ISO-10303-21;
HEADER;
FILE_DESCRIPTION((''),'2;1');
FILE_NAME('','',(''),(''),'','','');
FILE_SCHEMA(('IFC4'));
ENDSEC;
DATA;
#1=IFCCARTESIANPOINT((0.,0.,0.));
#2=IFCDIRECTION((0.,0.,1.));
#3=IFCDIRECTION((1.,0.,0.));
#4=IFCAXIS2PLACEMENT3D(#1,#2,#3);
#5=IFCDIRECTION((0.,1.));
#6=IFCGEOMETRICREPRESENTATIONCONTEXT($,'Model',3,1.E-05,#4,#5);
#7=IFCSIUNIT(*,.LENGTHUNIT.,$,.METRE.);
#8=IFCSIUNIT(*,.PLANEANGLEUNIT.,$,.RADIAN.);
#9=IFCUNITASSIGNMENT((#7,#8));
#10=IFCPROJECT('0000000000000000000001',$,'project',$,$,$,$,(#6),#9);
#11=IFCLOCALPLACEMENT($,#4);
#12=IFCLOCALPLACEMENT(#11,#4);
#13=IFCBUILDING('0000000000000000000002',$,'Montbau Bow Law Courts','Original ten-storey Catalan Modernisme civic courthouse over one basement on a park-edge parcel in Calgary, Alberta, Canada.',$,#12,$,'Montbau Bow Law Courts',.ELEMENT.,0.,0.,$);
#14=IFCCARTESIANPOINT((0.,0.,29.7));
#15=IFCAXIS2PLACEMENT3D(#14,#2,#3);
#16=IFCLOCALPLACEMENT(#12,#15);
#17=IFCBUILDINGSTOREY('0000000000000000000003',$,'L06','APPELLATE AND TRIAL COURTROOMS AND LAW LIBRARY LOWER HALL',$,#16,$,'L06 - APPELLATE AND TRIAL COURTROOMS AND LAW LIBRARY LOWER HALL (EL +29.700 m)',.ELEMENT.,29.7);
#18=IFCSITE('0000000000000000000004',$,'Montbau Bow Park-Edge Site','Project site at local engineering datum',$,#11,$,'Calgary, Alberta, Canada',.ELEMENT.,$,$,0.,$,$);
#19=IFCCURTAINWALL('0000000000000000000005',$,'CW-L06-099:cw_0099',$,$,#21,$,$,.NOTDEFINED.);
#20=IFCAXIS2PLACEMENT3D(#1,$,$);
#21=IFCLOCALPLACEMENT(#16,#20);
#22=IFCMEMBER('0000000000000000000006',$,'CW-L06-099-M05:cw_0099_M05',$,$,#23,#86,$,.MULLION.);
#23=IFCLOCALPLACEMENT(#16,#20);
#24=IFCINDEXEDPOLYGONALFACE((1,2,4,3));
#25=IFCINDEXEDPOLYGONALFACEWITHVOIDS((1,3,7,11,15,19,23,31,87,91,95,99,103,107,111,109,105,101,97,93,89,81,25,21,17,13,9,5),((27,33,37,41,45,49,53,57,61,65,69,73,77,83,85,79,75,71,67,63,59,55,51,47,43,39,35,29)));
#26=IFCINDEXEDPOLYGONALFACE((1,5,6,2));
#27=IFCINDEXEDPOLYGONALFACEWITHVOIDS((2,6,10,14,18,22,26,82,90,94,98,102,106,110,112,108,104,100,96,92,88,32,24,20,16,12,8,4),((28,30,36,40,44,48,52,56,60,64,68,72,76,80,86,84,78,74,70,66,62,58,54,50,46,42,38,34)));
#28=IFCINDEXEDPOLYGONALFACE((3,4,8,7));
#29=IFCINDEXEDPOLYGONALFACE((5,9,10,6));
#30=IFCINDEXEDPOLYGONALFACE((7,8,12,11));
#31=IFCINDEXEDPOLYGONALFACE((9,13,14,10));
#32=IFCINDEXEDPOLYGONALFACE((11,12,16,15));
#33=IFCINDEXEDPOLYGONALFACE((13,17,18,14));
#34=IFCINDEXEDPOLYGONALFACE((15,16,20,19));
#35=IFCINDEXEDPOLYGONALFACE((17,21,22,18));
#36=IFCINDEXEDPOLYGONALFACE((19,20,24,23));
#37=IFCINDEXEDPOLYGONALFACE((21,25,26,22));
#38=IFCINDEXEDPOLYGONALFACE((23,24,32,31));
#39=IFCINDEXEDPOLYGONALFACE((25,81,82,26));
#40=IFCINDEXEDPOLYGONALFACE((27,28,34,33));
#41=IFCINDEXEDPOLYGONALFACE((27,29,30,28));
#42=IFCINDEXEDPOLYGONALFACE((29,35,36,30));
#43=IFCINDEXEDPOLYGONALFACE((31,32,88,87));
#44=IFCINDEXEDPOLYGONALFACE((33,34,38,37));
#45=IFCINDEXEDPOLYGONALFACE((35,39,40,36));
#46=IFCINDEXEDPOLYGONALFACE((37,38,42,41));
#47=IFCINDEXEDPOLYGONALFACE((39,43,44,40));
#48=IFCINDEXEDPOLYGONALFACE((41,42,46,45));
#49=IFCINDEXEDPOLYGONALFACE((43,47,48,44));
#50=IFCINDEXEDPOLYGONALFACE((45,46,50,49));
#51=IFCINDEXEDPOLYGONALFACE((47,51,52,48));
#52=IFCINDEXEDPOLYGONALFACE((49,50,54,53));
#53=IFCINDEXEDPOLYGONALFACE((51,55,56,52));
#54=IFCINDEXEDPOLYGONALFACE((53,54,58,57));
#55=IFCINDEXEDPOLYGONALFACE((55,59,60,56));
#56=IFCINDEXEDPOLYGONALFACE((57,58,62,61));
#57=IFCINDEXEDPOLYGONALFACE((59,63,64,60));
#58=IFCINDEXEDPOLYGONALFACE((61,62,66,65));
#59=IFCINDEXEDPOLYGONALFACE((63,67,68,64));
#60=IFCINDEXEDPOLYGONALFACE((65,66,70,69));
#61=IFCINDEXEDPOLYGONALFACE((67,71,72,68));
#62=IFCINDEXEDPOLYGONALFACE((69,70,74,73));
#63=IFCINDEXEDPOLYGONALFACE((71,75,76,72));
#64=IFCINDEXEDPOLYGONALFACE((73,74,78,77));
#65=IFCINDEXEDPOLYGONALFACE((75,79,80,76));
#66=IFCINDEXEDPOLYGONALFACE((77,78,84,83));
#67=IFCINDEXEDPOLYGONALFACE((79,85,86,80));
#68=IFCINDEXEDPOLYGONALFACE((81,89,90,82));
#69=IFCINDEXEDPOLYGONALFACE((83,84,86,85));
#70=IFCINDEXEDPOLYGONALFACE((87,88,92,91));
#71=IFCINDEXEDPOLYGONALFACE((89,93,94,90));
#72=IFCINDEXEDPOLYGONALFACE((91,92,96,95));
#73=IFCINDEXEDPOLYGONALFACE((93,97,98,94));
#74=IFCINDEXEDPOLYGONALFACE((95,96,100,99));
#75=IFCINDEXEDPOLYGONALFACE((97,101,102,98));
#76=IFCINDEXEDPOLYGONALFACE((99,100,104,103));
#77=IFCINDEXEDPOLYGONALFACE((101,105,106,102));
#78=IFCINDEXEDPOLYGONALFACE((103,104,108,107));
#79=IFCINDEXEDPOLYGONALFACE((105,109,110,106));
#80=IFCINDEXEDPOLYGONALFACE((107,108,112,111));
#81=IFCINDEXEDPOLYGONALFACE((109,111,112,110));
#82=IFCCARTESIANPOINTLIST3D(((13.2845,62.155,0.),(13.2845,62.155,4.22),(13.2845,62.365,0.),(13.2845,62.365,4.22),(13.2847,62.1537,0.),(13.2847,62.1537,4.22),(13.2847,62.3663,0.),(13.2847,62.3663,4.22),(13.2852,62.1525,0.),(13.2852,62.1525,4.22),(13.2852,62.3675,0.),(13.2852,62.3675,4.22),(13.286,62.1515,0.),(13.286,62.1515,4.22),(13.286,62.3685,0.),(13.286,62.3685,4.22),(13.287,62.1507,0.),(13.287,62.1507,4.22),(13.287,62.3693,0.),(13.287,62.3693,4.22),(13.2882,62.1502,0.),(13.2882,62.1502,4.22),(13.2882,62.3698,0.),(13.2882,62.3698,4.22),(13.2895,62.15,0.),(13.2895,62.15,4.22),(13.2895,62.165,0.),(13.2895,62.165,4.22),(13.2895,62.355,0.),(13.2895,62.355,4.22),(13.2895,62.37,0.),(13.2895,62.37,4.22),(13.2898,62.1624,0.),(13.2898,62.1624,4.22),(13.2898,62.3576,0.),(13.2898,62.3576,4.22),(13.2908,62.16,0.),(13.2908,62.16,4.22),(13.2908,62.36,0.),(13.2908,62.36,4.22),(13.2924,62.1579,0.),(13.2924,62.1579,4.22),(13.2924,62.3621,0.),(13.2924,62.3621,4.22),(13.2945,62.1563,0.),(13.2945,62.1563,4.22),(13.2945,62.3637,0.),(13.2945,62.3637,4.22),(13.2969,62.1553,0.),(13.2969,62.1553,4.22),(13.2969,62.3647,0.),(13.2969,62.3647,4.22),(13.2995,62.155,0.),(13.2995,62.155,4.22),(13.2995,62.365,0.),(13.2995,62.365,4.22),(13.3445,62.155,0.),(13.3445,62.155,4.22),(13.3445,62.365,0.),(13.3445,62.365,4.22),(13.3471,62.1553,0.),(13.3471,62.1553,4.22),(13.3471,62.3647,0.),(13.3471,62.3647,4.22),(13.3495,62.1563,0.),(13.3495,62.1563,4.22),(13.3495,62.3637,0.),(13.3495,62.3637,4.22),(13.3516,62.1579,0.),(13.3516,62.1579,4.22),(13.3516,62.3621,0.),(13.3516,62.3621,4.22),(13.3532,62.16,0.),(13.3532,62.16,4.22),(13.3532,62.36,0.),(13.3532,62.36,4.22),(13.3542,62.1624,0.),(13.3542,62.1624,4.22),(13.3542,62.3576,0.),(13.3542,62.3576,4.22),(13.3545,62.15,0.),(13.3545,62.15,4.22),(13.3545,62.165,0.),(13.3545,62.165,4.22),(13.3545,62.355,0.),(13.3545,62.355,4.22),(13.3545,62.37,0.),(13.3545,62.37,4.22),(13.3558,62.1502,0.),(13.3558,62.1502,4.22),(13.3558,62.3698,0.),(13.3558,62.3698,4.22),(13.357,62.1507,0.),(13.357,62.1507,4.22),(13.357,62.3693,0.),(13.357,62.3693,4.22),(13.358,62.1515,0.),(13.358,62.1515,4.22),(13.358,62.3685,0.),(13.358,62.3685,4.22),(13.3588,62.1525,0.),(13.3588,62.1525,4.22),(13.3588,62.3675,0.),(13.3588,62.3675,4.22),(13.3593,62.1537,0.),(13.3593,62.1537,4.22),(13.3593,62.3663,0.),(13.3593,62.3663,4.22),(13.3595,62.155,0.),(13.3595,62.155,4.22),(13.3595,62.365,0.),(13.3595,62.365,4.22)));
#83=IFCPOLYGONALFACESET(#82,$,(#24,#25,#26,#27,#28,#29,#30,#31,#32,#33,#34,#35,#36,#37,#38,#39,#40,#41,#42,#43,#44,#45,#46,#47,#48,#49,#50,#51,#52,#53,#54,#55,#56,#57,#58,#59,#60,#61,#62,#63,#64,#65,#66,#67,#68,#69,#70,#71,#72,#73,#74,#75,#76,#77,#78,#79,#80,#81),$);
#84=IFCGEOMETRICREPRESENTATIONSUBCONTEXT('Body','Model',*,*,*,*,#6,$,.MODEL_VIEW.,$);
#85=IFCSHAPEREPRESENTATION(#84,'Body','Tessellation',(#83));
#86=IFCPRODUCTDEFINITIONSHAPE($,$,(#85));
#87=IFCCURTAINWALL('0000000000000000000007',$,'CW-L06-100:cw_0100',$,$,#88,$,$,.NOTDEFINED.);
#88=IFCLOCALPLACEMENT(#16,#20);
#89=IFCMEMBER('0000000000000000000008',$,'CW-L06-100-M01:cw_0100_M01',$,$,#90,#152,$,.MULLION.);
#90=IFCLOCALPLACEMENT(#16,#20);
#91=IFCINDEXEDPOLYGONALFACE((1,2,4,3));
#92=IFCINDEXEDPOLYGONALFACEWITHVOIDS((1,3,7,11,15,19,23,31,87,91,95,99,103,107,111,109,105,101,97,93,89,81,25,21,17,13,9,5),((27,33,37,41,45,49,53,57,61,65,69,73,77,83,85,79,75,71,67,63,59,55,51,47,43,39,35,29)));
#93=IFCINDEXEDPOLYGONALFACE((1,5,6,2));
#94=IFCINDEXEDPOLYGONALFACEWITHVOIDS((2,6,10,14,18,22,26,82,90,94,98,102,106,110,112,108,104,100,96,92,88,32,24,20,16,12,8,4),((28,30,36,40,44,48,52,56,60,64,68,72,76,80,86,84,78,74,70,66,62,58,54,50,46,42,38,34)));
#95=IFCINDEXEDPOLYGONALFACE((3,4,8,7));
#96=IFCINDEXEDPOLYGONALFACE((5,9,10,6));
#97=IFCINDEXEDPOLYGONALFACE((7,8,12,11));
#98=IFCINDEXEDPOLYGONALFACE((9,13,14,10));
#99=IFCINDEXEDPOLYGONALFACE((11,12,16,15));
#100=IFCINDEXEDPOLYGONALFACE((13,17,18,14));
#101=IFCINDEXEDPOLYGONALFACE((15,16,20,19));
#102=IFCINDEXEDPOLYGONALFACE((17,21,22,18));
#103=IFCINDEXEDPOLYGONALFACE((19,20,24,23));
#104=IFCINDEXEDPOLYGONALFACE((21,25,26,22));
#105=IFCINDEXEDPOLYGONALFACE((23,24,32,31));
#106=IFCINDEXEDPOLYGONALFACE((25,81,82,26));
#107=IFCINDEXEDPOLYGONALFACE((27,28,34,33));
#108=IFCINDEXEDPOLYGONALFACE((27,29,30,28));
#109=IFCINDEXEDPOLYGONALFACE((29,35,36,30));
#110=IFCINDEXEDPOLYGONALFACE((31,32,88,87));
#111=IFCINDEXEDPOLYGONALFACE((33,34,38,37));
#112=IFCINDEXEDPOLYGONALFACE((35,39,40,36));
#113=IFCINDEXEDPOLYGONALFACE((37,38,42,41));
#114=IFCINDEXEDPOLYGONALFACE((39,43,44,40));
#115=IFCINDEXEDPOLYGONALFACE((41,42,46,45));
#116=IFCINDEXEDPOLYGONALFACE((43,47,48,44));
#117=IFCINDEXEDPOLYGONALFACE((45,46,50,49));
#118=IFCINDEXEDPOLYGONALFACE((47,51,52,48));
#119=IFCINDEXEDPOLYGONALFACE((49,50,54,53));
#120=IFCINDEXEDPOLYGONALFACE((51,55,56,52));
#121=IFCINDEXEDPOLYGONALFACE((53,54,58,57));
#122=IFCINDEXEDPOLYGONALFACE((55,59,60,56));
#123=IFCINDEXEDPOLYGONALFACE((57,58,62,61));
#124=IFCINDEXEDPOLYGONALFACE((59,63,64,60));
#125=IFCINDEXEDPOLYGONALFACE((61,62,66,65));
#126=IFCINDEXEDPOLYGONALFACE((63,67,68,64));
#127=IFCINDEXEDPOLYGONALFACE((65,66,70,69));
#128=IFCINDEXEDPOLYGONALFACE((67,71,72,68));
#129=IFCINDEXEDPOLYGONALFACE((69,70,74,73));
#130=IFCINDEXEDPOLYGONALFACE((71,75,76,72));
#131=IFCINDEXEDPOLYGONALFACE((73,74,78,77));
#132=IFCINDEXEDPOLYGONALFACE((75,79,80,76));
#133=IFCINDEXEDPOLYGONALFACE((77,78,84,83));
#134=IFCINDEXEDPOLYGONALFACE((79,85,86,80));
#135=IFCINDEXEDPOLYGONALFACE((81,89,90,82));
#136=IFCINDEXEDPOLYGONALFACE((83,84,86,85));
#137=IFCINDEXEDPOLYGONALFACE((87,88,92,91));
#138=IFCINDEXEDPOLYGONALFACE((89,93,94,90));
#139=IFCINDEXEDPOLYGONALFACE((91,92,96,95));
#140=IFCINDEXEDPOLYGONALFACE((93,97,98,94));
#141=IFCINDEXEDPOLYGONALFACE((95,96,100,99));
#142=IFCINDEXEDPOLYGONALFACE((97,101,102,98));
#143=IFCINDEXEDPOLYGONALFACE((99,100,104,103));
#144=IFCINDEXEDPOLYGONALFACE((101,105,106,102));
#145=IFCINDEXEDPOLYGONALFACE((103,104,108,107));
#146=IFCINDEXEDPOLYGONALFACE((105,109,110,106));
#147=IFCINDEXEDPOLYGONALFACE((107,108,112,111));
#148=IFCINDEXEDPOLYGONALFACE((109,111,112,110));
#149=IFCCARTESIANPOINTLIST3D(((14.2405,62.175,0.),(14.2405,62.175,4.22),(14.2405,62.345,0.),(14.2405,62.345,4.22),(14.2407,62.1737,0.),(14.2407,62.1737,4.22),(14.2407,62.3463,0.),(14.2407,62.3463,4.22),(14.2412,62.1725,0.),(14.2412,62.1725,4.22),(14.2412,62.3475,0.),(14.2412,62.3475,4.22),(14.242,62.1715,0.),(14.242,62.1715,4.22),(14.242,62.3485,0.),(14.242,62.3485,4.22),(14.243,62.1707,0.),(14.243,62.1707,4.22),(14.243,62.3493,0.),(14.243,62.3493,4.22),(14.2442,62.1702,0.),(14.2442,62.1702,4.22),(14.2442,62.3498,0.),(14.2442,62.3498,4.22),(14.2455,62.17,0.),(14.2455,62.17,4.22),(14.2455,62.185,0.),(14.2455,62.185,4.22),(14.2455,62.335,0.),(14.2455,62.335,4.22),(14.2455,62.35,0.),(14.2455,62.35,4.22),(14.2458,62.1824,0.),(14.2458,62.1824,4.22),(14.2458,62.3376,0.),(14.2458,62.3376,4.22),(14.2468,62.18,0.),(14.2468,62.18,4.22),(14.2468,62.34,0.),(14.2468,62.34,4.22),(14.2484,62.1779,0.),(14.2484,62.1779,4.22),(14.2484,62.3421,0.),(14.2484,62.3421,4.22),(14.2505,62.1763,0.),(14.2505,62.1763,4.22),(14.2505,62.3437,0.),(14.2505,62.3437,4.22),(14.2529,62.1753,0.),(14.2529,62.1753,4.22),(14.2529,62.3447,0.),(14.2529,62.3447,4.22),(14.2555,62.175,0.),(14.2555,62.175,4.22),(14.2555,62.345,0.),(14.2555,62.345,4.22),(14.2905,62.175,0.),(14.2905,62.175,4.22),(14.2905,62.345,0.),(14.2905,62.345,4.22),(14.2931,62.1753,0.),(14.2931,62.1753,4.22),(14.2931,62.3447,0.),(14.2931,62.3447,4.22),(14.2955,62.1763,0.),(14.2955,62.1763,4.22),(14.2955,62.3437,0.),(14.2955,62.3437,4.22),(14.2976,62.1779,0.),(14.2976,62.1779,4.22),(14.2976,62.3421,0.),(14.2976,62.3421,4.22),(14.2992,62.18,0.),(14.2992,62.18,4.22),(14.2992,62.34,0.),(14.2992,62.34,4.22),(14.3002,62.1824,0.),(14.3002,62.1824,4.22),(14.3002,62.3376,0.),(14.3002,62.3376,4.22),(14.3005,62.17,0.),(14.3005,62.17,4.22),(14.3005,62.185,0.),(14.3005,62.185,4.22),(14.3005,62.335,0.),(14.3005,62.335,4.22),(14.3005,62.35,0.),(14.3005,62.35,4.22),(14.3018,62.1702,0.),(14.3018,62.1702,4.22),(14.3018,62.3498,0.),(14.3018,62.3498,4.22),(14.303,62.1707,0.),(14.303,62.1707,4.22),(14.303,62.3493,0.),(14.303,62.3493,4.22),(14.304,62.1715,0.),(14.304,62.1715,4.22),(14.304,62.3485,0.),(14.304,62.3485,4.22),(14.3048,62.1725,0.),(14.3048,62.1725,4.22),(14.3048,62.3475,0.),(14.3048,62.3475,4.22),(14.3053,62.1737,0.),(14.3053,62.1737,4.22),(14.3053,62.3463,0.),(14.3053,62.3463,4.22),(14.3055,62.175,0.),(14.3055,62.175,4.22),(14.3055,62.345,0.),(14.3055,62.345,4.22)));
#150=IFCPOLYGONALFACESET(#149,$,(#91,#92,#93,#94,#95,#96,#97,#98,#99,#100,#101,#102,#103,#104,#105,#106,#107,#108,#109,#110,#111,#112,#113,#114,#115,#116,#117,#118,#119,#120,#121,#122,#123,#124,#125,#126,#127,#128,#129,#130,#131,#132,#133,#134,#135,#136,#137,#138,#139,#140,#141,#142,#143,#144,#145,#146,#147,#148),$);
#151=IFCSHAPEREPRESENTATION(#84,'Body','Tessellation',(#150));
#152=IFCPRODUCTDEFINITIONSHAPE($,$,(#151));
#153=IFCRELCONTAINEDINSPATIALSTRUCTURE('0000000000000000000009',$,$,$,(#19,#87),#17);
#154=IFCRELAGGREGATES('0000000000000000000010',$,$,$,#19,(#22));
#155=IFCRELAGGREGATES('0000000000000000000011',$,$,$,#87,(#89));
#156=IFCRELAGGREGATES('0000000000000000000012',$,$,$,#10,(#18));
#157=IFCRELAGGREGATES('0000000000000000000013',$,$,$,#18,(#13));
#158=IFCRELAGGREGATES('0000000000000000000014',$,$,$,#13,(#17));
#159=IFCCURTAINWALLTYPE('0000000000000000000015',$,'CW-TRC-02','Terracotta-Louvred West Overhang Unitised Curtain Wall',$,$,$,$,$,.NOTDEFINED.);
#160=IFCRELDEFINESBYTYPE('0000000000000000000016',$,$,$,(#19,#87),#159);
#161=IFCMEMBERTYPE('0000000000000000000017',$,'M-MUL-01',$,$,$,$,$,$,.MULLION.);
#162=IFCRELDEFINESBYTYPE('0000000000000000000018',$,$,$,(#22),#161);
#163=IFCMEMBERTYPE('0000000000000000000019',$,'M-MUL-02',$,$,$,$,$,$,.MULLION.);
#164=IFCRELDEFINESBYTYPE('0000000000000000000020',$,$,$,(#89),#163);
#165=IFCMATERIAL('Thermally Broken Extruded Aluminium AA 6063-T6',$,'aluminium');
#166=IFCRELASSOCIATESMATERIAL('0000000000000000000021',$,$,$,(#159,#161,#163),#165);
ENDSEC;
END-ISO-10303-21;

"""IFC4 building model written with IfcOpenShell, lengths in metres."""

from ifc_helpers import new_model, si_unit, direction, frame, origin_with_axes, origin_2d_with_axis, place, context, subcontext, project, spatial, hollow_rectangle, extrude, material, material_profile, profile_set, type_object, element, aggregate, save


model = new_model("IFC4")

# Units and contexts
model_context = context("Model", 3, precision=1e-05, world=origin_with_axes(), true_north=direction((0.0, 1.0)))
body_context = subcontext(model_context, "Body", "Model", "MODEL_VIEW")
ifc_project = project(units=[si_unit("LENGTHUNIT", "METRE"), si_unit("PLANEANGLEUNIT", "RADIAN")], contexts=[model_context])

# Site, building, storey
site_placement = place(None, origin_with_axes())
site = spatial("IfcSite", under=ifc_project, at=site_placement, Name="Montbau Bow Park-Edge Site", Description="Project site at local engineering datum", LongName="Calgary, Alberta, Canada", CompositionType="ELEMENT", RefElevation=0.0)
building_placement = place(site_placement, origin_with_axes())
building = spatial("IfcBuilding", under=site, at=building_placement, Name="Montbau Bow Law Courts", Description="Original ten-storey Catalan Modernisme civic courthouse over one basement on a park-edge parcel in Calgary, Alberta, Canada.", LongName="Montbau Bow Law Courts", CompositionType="ELEMENT", ElevationOfRefHeight=0.0, ElevationOfTerrain=0.0)
storey_placement = place(building_placement, frame((0.0, 0.0, 29.7), z_axis=(0.0, 0.0, 1.0), x_axis=(1.0, 0.0, 0.0)))
storey = spatial("IfcBuildingStorey", under=building, at=storey_placement, Name="L06", Description="APPELLATE AND TRIAL COURTROOMS AND LAW LIBRARY LOWER HALL", LongName="L06 - APPELLATE AND TRIAL COURTROOMS AND LAW LIBRARY LOWER HALL (EL +29.700 m)", CompositionType="ELEMENT", Elevation=29.7)

# Curtain wall, member
ifc_material_1 = material(Name="Thermally Broken Extruded Aluminium AA 6063-T6", Category="aluminium")
curtain_wall_type = type_object("IfcCurtainWallType", Name="CW-TRC-02", Description="Terracotta-Louvred West Overhang Unitised Curtain Wall", PredefinedType="NOTDEFINED", material=ifc_material_1)
curtain_wall_1_placement = place(None, frame((7.24, 62.26, 29.7), z_axis=(0.0, 0.0, 1.0), x_axis=(1.0, 0.0, 0.0)))
curtain_wall_1 = element("IfcCurtainWall", 1, at=curtain_wall_1_placement, inside=storey, type_object=curtain_wall_type, Name="CW-L06-099:cw_0099", PredefinedType="NOTDEFINED")
ifc_material_profile_1 = material_profile(ifc_material_1, hollow_rectangle(XDim=0.075, YDim=0.22, WallThickness=0.005, InnerFilletRadius=0.01, OuterFilletRadius=0.005, at=origin_2d_with_axis()), Name="CWM-220X75", Category="Main", Priority=0)
ifc_profile_set_1 = profile_set([ifc_material_profile_1], Name="Thermally Broken Extruded Aluminium AA 6063-T6")
member_type_1 = type_object("IfcMemberType", Name="M-MUL-01", PredefinedType="MULLION", material=ifc_profile_set_1)
member_1_placement = place(None, frame((13.322, 62.26, 29.7), z_axis=(0.0, 0.0, 1.0), x_axis=(1.0, 0.0, 0.0)))
member_1 = element("IfcMember", 2, at=member_1_placement, type_object=member_type_1, Name="CW-L06-099-M05:cw_0099_M05", PredefinedType="MULLION", context=body_context, shape_type="SweptSolid", body=[
    extrude(hollow_rectangle(XDim=0.075, YDim=0.22, WallThickness=0.005, InnerFilletRadius=0.01, OuterFilletRadius=0.005, at=origin_2d_with_axis()), origin_with_axes(), (0.0, 0.0, 1.0), 4.22),
])
aggregate(curtain_wall_1, [member_1])

# Curtain wall, member
curtain_wall_2_placement = place(None, frame((14.24, 62.26, 29.7), z_axis=(0.0, 0.0, 1.0), x_axis=(1.0, 0.0, 0.0)))
curtain_wall_2 = element("IfcCurtainWall", 3, at=curtain_wall_2_placement, inside=storey, type_object=curtain_wall_type, Name="CW-L06-100:cw_0100", PredefinedType="NOTDEFINED")
ifc_material_profile_2 = material_profile(ifc_material_1, hollow_rectangle(XDim=0.065, YDim=0.18, WallThickness=0.005, InnerFilletRadius=0.01, OuterFilletRadius=0.005, at=origin_2d_with_axis()), Name="CWM-180X65", Category="Main", Priority=0)
ifc_profile_set_2 = profile_set([ifc_material_profile_2], Name="Thermally Broken Extruded Aluminium AA 6063-T6")
member_type_2 = type_object("IfcMemberType", Name="M-MUL-02", PredefinedType="MULLION", material=ifc_profile_set_2)
member_2_placement = place(None, frame((14.273, 62.26, 29.7), z_axis=(0.0, 0.0, 1.0), x_axis=(1.0, 0.0, 0.0)))
member_2 = element("IfcMember", 4, at=member_2_placement, type_object=member_type_2, Name="CW-L06-100-M01:cw_0100_M01", PredefinedType="MULLION", context=body_context, shape_type="SweptSolid", body=[
    extrude(hollow_rectangle(XDim=0.065, YDim=0.18, WallThickness=0.005, InnerFilletRadius=0.01, OuterFilletRadius=0.005, at=origin_2d_with_axis()), origin_with_axes(), (0.0, 0.0, 1.0), 4.22),
])
aggregate(curtain_wall_2, [member_2])

save(model, "model.ifc")
